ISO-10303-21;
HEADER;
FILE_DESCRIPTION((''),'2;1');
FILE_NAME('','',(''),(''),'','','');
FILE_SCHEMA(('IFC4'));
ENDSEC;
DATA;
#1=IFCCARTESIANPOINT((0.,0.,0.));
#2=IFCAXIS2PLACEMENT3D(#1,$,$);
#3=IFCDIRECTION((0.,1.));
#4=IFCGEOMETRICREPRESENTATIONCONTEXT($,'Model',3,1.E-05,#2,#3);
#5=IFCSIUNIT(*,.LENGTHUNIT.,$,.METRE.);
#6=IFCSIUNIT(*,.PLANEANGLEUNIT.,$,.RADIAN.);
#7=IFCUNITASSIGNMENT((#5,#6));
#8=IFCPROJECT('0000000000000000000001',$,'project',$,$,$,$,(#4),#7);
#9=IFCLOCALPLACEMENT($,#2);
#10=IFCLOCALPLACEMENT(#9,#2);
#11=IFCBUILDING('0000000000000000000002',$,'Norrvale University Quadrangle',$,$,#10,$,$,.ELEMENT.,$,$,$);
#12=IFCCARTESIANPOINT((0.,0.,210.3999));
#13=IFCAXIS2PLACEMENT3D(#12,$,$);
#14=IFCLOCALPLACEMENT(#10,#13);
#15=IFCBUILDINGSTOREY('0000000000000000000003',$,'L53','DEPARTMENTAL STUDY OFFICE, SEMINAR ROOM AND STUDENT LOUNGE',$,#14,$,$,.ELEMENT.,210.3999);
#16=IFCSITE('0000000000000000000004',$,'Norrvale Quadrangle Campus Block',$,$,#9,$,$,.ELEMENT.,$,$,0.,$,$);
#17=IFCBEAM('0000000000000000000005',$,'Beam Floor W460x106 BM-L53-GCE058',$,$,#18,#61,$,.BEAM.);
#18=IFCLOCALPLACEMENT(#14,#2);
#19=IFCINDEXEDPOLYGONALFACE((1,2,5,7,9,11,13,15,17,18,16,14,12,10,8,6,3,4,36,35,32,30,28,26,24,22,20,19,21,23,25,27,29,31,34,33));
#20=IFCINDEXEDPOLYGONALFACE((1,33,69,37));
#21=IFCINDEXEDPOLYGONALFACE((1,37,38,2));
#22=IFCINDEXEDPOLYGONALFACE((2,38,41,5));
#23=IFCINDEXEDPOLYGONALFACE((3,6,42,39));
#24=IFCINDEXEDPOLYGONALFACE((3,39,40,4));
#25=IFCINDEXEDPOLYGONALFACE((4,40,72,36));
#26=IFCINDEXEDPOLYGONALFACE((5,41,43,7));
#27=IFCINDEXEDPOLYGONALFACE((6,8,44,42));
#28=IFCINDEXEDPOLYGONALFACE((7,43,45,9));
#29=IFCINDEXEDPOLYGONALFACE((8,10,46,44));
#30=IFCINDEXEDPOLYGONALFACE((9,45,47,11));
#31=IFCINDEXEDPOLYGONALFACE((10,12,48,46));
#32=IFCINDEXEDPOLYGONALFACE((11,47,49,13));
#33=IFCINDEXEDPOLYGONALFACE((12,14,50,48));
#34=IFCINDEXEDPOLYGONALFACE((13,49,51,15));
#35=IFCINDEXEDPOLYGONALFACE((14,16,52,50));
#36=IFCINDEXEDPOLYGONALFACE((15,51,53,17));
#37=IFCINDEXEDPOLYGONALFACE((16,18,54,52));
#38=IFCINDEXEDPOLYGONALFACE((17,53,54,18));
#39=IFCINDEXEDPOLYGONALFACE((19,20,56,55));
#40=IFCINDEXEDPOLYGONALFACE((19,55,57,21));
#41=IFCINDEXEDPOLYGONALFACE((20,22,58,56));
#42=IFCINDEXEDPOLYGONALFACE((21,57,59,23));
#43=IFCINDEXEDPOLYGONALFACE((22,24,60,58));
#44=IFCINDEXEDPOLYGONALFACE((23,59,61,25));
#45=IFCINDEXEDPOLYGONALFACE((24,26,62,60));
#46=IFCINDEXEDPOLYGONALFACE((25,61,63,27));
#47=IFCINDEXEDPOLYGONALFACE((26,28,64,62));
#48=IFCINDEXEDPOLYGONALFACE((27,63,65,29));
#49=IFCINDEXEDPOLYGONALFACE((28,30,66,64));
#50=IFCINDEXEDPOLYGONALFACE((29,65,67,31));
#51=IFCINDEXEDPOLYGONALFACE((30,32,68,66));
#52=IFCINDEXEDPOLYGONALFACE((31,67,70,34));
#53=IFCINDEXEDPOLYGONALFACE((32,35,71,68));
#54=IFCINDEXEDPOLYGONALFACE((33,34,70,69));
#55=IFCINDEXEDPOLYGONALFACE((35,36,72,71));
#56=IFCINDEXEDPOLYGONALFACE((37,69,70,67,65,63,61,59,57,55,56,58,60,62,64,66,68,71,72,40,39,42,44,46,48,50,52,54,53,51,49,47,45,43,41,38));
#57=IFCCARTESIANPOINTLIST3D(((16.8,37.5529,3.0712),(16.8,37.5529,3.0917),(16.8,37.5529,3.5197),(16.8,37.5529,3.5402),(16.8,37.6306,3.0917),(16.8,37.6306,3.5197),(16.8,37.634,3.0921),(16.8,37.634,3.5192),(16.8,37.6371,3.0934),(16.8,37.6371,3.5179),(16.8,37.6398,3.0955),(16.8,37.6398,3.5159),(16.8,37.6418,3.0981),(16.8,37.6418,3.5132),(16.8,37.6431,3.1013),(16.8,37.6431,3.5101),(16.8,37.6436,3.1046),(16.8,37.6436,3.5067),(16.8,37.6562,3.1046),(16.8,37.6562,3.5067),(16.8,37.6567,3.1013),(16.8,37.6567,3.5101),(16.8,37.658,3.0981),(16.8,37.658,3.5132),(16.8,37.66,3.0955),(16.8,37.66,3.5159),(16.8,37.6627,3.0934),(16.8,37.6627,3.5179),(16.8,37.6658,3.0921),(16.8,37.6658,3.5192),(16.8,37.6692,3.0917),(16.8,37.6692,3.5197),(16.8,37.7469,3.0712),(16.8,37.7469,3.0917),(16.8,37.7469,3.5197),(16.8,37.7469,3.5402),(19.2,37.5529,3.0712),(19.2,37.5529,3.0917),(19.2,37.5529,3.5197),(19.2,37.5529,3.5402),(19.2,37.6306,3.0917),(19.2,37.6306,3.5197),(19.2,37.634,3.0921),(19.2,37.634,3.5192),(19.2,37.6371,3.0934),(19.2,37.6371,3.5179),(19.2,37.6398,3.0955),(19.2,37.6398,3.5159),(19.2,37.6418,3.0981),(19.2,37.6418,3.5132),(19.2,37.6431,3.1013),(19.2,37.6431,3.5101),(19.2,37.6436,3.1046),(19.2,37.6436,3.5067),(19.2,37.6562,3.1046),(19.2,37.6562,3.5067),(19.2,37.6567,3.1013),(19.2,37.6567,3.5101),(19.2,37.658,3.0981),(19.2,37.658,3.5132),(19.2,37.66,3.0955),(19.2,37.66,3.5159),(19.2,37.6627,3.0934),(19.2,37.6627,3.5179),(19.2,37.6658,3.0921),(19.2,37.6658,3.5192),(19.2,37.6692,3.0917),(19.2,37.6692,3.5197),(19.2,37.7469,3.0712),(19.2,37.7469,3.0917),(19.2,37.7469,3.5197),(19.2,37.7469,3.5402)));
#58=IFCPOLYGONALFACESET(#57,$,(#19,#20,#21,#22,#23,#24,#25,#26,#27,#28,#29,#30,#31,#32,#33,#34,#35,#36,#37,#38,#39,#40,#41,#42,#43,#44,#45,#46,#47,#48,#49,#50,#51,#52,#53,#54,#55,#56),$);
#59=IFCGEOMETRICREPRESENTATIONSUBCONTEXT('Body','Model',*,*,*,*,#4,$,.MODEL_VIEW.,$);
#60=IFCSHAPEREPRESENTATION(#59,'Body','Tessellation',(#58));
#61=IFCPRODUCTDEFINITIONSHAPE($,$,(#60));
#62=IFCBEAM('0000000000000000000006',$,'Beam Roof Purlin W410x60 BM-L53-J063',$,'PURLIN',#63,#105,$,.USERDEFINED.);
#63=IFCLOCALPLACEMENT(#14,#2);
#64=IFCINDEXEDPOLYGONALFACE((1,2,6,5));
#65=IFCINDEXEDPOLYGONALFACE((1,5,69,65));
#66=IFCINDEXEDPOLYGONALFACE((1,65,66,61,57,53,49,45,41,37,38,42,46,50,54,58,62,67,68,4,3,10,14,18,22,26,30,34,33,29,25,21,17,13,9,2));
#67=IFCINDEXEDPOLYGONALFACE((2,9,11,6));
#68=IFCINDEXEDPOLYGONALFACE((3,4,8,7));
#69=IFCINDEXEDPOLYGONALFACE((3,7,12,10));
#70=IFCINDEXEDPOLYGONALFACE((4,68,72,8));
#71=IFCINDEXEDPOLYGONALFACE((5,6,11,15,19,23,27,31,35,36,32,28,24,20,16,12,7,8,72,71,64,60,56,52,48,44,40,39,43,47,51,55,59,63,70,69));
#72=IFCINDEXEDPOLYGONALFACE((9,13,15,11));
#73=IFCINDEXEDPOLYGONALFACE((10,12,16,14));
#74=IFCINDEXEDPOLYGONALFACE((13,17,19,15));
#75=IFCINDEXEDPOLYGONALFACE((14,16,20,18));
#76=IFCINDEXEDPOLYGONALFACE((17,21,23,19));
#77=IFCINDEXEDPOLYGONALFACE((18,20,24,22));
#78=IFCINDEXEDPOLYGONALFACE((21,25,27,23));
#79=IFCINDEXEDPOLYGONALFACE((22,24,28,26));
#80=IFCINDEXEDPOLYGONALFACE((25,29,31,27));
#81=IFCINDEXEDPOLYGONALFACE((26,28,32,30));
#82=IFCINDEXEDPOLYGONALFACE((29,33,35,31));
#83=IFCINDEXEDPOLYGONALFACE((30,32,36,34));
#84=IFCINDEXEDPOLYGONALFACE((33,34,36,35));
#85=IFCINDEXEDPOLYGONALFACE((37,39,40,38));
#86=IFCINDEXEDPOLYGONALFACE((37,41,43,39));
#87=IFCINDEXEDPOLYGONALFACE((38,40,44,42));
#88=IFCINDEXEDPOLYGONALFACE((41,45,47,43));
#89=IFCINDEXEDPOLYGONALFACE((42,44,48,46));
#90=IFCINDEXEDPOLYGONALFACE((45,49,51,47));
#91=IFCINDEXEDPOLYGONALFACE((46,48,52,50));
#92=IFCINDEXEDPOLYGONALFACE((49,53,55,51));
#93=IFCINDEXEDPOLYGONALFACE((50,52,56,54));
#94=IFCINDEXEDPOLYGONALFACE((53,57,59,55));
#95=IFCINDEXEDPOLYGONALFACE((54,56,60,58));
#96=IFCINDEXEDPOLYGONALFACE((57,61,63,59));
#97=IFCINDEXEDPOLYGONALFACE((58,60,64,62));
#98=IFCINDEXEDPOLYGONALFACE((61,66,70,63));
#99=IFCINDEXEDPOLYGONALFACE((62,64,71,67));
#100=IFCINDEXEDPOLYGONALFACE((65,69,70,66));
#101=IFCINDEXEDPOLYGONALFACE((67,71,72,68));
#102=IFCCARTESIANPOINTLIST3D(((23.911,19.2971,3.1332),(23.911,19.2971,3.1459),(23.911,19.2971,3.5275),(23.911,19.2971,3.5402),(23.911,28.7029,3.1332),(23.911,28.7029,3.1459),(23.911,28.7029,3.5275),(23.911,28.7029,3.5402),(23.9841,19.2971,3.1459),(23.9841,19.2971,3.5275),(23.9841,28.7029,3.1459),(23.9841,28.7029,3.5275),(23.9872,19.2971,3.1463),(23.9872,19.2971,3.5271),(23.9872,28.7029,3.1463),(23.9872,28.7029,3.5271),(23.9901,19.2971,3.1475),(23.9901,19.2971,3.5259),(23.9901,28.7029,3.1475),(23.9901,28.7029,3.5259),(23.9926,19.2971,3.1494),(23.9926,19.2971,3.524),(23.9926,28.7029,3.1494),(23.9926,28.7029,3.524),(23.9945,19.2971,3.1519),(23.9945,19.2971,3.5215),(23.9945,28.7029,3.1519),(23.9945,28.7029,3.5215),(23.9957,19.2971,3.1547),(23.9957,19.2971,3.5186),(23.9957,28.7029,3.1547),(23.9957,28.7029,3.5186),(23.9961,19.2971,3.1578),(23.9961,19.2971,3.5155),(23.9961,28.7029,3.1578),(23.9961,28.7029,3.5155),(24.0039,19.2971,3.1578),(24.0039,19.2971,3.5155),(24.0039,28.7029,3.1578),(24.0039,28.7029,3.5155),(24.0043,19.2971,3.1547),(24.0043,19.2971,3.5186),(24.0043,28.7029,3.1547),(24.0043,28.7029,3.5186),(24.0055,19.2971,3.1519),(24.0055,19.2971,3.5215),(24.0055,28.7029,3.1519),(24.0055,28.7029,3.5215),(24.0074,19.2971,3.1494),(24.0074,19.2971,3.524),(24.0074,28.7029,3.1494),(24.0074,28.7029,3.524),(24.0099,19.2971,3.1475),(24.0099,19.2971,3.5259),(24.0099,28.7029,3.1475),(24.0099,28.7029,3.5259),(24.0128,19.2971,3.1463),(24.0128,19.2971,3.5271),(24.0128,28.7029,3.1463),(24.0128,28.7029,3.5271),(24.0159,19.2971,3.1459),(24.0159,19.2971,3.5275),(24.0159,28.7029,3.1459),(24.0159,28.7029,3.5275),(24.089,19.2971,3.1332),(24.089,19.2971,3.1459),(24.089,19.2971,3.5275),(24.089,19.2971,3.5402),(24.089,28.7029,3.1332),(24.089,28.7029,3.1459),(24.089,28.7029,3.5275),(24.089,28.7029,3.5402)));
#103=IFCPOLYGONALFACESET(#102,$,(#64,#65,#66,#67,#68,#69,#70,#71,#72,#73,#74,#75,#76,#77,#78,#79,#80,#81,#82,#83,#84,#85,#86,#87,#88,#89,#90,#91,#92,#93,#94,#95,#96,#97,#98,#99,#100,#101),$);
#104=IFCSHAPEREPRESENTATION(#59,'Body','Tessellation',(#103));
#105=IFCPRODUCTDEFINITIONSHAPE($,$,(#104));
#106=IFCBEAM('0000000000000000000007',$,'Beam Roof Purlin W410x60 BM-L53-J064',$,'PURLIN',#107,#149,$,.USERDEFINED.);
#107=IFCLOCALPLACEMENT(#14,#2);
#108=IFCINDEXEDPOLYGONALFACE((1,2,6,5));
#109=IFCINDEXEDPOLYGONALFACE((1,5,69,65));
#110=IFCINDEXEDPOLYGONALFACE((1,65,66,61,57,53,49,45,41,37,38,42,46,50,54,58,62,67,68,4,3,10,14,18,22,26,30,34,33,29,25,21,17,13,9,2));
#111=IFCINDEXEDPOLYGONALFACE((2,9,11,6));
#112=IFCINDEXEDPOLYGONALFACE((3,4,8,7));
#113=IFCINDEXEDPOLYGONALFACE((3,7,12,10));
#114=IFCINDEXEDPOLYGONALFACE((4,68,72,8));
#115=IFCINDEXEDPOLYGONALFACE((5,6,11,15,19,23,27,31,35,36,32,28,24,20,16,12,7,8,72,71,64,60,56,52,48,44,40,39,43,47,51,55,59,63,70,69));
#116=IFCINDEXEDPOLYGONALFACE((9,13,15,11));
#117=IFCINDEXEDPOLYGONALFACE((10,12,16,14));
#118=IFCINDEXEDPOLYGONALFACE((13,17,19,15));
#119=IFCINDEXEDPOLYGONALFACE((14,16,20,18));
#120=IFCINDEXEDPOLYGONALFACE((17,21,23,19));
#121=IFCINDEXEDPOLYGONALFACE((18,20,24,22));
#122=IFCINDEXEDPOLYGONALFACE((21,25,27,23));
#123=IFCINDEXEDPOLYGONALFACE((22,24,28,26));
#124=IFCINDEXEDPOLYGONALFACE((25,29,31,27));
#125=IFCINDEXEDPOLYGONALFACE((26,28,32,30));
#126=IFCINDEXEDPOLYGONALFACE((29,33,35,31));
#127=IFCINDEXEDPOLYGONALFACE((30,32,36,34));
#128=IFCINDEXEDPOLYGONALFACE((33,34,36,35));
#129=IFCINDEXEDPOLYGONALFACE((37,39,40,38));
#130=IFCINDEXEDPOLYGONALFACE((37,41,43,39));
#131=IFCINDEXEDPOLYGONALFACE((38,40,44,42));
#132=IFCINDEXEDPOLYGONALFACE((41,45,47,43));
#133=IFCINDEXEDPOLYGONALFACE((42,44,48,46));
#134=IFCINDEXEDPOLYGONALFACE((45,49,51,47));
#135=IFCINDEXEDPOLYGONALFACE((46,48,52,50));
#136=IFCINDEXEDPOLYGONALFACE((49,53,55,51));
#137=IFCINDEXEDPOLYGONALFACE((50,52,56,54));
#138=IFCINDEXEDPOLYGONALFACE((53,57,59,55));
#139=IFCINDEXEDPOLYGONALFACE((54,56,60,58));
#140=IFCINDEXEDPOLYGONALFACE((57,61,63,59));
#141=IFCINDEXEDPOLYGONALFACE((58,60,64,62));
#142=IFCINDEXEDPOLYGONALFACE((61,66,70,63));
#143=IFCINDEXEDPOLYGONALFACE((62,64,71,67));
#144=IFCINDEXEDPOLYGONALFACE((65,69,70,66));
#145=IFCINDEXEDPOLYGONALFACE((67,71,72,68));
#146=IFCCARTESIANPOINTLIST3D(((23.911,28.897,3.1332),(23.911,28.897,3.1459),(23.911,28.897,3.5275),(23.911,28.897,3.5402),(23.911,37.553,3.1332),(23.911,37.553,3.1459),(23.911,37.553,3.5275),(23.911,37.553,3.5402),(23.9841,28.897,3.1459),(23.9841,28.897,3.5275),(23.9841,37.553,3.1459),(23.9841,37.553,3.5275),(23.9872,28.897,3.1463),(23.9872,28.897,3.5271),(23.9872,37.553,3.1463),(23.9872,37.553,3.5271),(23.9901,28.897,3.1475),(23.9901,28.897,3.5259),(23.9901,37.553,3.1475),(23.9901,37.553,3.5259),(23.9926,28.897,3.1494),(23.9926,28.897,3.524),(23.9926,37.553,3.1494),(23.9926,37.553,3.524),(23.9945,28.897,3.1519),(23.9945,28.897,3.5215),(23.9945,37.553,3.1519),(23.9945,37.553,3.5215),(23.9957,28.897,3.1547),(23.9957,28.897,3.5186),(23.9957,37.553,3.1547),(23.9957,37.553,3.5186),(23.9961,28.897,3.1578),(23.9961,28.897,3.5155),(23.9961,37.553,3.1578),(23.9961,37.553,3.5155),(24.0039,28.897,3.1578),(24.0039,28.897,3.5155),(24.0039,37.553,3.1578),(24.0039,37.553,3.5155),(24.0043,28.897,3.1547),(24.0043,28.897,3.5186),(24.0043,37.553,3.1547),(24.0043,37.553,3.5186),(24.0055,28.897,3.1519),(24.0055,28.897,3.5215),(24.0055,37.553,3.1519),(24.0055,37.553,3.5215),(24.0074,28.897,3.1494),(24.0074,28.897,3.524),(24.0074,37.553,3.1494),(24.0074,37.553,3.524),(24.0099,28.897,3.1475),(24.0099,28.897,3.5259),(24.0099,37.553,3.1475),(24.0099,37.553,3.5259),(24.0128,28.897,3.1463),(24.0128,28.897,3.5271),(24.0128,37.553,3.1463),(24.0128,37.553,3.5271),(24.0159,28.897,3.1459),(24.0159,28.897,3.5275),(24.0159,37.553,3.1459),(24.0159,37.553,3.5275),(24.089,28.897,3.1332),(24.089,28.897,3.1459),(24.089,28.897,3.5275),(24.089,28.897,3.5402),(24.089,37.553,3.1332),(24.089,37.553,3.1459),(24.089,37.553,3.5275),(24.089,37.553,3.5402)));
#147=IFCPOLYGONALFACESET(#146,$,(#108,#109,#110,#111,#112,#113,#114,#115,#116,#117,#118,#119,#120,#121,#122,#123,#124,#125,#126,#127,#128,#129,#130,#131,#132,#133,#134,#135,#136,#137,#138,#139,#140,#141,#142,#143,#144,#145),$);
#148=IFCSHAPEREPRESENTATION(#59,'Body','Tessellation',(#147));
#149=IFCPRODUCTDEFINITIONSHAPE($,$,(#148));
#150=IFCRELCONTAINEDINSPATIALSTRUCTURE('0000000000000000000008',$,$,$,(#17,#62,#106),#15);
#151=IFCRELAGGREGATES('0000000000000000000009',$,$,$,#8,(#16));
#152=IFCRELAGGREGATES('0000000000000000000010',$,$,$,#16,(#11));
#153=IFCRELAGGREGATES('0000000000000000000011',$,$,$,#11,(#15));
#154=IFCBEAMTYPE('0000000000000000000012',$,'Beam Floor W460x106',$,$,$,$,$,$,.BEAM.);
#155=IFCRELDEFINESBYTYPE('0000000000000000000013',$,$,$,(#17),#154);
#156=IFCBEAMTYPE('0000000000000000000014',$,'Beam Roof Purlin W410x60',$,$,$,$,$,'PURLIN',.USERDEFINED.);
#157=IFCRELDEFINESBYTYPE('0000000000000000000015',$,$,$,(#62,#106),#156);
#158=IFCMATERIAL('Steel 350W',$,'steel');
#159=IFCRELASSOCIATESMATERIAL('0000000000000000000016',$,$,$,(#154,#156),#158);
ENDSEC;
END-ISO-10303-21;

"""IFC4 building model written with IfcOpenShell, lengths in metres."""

from ifc_helpers import new_model, si_unit, direction, frame, origin, origin_2d, place, context, subcontext, project, spatial, i_section, extrude, material, material_profile, profile_set, type_object, element, save


model = new_model("IFC4")

# Units and contexts
model_context = context("Model", 3, precision=1e-05, world=origin(), true_north=direction((0.0, 1.0)))
body_context = subcontext(model_context, "Body", "Model", "MODEL_VIEW")
ifc_project = project(units=[si_unit("LENGTHUNIT", "METRE"), si_unit("PLANEANGLEUNIT", "RADIAN")], contexts=[model_context])

# Site, building, storey
site_placement = place(None, origin())
site = spatial("IfcSite", under=ifc_project, at=site_placement, Name="Norrvale Quadrangle Campus Block", CompositionType="ELEMENT", RefElevation=0.0)
building_placement = place(site_placement, origin())
building = spatial("IfcBuilding", under=site, at=building_placement, Name="Norrvale University Quadrangle", CompositionType="ELEMENT")
storey_placement = place(building_placement, frame((0.0, 0.0, 210.3999)))
storey = spatial("IfcBuildingStorey", under=building, at=storey_placement, Name="L53", Description="DEPARTMENTAL STUDY OFFICE, SEMINAR ROOM AND STUDENT LOUNGE", CompositionType="ELEMENT", Elevation=210.3999)

# Beams
ifc_material_1 = material(Name="Steel 350W", Category="steel")
ifc_material_profile_1 = material_profile(ifc_material_1, i_section(OverallWidth=0.1941, OverallDepth=0.469, WebThickness=0.0127, FlangeThickness=0.0205, FilletRadius=0.0129, at=origin_2d()), Name="Steel 350W")
ifc_profile_set_1 = profile_set([ifc_material_profile_1], Name="Steel 350W")
beam_type_1 = type_object("IfcBeamType", Name="Beam Floor W460x106", PredefinedType="BEAM", material=ifc_profile_set_1)
for number, where, z_axis, x_axis, name in (
    (1, (16.8, 37.6499, 3.3057), (1.0, 0.0, 0.0), (0.0, 1.0, 0.0), "Beam Floor W460x106 BM-L53-GCE058"),
):
    element("IfcBeam", number, at=place(storey_placement, frame(where, z_axis=z_axis, x_axis=x_axis)), inside=storey, type_object=beam_type_1, Name=name, PredefinedType="BEAM", context=body_context, shape_type="SweptSolid", body=[
        extrude(i_section(OverallWidth=0.1941, OverallDepth=0.469, WebThickness=0.0127, FlangeThickness=0.0205, FilletRadius=0.0129, at=origin_2d()), origin(), (0.0, 0.0, 1.0), 2.3999),
    ])
ifc_material_profile_2 = material_profile(ifc_material_1, i_section(OverallWidth=0.178, OverallDepth=0.407, WebThickness=0.0078, FlangeThickness=0.0127, FilletRadius=0.012, at=origin_2d()), Name="Steel 350W")
ifc_profile_set_2 = profile_set([ifc_material_profile_2], Name="Steel 350W")
beam_type_2 = type_object("IfcBeamType", Name="Beam Roof Purlin W410x60", ElementType="PURLIN", PredefinedType="USERDEFINED", material=ifc_profile_set_2)
beam_1_placement = place(storey_placement, frame((24.0, 19.2971, 3.3367), z_axis=(0.0, 1.0, 0.0), x_axis=(-1.0, 0.0, 0.0)))
element("IfcBeam", 2, at=beam_1_placement, inside=storey, type_object=beam_type_2, Name="Beam Roof Purlin W410x60 BM-L53-J063", ObjectType="PURLIN", PredefinedType="USERDEFINED", context=body_context, shape_type="SweptSolid", body=[
    extrude(i_section(OverallWidth=0.178, OverallDepth=0.407, WebThickness=0.0078, FlangeThickness=0.0127, FilletRadius=0.012, at=origin_2d()), origin(), (0.0, 0.0, 1.0), 9.4058),
])
beam_2_placement = place(storey_placement, frame((24.0, 28.897, 3.3367), z_axis=(0.0, 1.0, 0.0), x_axis=(-1.0, 0.0, 0.0)))
element("IfcBeam", 3, at=beam_2_placement, inside=storey, type_object=beam_type_2, Name="Beam Roof Purlin W410x60 BM-L53-J064", ObjectType="PURLIN", PredefinedType="USERDEFINED", context=body_context, shape_type="SweptSolid", body=[
    extrude(i_section(OverallWidth=0.178, OverallDepth=0.407, WebThickness=0.0078, FlangeThickness=0.0127, FilletRadius=0.012, at=origin_2d()), origin(), (0.0, 0.0, 1.0), 8.656),
])

save(model, "model.ifc")
